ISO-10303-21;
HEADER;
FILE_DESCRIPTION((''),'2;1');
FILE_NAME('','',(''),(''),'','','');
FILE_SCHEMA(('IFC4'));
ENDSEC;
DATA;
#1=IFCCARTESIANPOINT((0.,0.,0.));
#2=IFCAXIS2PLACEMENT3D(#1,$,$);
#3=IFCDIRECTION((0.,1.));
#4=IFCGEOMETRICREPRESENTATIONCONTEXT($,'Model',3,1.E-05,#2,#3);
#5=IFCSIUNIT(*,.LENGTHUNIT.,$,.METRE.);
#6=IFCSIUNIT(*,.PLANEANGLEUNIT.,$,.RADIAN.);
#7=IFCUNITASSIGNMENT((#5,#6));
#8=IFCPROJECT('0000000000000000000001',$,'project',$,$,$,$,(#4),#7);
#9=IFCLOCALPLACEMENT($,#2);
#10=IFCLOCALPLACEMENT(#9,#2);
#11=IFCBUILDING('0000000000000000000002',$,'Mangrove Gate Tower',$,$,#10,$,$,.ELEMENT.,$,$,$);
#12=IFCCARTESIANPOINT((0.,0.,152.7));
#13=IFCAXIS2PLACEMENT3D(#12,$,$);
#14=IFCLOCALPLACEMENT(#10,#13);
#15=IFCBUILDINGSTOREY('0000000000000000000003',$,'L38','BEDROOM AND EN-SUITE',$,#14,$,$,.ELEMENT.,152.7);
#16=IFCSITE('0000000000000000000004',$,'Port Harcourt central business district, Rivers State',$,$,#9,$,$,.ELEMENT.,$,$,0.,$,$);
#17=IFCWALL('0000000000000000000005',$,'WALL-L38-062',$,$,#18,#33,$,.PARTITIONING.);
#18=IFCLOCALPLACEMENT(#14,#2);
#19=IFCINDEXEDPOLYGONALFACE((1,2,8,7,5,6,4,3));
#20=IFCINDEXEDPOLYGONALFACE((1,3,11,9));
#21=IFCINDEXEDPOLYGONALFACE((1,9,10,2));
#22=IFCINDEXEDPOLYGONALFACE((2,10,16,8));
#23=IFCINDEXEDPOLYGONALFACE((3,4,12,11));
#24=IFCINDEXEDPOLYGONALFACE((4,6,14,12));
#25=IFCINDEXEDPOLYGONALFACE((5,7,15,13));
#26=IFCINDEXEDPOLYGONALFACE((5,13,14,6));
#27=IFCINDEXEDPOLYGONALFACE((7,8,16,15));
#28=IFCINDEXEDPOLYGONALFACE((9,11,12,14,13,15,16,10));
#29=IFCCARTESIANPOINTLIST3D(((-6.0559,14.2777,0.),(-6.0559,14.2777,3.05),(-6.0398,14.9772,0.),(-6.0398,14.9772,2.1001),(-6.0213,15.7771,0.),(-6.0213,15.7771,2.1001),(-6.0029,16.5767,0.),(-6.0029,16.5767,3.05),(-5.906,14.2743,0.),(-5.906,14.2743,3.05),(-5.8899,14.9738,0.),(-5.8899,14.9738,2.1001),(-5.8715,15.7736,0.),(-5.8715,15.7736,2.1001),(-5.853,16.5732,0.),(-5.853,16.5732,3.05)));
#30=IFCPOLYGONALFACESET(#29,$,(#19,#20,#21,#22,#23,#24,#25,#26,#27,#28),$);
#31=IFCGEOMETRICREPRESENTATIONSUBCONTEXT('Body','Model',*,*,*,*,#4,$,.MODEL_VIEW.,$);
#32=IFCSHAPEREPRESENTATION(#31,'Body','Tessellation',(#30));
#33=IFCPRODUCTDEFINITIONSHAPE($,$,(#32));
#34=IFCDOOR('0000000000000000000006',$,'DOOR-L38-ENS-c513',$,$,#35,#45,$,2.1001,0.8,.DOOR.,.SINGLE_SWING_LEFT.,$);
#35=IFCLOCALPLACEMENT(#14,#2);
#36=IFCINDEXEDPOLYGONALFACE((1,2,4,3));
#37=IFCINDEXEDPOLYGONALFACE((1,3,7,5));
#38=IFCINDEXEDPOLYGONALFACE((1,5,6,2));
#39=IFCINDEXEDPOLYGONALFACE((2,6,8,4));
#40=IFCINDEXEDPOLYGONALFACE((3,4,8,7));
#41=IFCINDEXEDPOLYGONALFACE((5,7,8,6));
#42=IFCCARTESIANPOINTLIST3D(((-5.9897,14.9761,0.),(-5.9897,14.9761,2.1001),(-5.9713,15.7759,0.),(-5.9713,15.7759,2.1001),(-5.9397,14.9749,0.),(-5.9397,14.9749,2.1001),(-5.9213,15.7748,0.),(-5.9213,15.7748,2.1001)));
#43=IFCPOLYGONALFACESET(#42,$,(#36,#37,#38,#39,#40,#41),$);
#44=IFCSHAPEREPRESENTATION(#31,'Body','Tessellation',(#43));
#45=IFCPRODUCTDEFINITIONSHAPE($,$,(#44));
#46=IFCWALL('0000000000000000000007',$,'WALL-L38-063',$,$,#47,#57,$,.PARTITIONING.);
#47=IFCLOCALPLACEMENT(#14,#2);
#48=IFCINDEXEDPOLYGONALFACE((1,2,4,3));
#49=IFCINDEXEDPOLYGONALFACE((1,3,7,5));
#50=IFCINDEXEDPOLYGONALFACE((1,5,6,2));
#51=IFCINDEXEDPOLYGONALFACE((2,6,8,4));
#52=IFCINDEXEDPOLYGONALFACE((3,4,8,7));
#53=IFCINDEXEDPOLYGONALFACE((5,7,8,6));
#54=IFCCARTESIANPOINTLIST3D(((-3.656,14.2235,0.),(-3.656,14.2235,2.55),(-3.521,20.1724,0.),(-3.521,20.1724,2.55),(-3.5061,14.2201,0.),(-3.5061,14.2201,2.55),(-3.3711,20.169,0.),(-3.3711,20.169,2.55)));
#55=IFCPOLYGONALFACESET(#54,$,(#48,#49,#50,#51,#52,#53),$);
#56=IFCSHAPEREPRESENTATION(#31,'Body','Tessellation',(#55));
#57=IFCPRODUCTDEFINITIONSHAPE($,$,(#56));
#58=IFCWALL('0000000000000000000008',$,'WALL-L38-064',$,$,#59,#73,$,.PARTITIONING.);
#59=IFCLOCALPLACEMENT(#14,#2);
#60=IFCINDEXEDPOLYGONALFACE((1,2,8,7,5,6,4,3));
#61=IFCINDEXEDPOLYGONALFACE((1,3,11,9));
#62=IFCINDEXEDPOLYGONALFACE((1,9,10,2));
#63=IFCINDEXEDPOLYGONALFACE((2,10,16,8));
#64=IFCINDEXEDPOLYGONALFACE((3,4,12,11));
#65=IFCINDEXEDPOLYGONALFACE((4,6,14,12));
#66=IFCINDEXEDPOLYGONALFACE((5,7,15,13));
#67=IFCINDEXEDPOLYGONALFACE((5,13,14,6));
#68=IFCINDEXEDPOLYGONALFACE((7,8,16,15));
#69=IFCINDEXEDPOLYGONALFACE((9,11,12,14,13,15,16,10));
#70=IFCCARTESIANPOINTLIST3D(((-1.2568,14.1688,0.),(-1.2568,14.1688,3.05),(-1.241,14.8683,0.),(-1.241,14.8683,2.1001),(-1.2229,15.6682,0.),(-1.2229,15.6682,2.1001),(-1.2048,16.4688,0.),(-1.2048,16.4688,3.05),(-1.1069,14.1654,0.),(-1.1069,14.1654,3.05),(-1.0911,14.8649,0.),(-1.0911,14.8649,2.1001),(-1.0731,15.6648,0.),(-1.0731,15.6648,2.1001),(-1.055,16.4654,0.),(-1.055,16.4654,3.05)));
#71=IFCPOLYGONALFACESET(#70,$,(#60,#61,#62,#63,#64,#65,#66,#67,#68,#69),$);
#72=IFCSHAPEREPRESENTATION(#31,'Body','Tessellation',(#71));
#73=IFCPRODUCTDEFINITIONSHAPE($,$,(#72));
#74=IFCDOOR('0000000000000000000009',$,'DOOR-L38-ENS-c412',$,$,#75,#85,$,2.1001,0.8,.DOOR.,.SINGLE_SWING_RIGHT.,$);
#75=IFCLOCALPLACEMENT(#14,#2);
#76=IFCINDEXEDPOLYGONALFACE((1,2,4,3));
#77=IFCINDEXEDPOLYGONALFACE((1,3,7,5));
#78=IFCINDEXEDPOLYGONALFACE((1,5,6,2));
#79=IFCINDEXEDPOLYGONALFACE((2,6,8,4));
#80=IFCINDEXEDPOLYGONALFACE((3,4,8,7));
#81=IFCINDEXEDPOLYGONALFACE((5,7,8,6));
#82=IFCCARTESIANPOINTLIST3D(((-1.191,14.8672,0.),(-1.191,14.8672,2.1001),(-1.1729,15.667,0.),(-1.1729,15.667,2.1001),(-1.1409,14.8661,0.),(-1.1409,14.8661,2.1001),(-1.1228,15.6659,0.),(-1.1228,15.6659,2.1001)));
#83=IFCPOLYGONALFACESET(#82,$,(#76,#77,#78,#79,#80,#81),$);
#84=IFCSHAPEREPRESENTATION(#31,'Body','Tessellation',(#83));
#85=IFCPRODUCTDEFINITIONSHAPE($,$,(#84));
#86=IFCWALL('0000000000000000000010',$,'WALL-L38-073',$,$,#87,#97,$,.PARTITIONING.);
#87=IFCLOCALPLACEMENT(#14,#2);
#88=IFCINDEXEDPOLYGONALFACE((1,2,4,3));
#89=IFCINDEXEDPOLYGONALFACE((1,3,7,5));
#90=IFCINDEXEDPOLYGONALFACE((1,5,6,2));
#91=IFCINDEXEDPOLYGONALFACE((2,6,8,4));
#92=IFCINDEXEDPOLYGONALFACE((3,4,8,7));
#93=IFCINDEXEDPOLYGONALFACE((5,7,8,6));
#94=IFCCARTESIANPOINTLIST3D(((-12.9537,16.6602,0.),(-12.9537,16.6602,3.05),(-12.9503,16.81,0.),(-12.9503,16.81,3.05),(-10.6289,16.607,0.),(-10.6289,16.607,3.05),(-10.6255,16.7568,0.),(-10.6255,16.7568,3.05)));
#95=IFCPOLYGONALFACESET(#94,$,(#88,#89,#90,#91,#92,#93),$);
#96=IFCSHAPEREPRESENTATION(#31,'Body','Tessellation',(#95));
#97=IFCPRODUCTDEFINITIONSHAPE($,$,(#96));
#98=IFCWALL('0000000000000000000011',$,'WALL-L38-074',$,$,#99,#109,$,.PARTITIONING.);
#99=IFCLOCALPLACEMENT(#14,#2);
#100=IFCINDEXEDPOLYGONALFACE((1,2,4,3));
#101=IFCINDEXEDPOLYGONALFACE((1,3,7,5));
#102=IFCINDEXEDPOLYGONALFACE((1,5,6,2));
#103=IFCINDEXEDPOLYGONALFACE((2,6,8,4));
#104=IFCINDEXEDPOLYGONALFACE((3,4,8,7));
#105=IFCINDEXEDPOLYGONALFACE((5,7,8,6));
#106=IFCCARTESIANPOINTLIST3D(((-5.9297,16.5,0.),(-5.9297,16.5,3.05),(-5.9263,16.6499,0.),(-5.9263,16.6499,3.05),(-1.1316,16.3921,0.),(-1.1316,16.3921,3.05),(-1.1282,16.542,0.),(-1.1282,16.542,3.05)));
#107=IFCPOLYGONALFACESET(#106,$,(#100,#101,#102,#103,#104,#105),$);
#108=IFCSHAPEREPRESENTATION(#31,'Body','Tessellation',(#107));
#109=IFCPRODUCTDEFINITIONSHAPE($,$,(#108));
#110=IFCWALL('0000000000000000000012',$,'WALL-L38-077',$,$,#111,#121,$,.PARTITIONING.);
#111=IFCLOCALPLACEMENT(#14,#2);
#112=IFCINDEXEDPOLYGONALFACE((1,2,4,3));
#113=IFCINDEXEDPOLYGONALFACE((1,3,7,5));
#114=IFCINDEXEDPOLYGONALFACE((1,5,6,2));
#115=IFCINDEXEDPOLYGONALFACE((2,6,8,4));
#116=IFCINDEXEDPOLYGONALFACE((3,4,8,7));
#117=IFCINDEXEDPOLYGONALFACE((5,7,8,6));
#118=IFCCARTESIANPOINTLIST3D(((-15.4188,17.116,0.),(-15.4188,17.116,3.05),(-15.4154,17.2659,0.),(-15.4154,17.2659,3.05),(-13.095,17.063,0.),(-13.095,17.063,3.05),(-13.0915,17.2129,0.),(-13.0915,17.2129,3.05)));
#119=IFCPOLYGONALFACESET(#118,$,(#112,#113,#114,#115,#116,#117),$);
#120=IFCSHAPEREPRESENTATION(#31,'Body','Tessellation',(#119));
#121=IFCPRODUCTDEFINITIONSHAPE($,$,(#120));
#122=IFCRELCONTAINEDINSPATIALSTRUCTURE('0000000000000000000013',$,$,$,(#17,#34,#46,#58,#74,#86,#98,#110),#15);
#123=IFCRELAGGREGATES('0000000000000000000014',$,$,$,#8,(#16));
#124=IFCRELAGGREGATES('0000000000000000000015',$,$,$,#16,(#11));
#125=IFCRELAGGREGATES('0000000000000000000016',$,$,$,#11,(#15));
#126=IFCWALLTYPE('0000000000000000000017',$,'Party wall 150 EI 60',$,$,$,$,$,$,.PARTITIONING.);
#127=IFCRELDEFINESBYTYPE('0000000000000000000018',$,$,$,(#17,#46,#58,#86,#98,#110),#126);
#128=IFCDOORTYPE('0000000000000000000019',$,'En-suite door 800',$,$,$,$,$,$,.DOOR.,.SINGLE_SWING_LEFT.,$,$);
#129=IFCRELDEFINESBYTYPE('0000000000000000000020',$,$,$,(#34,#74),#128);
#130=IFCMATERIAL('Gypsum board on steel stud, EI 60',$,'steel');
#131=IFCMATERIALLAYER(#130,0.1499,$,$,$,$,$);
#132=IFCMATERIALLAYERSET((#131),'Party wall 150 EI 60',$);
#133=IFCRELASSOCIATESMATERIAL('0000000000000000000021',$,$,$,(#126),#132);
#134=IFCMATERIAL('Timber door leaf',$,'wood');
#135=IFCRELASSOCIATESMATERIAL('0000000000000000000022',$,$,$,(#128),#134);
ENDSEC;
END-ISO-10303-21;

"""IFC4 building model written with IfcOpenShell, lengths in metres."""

from ifc_helpers import new_model, si_unit, direction, frame, frame_2d, origin, place, context, subcontext, project, spatial, rectangle, extrude, material, layer, layer_set, type_object, element, fill, save


model = new_model("IFC4")

# Units and contexts
model_context = context("Model", 3, precision=1e-05, world=origin(), true_north=direction((0.0, 1.0)))
body_context = subcontext(model_context, "Body", "Model", "MODEL_VIEW")
ifc_project = project(units=[si_unit("LENGTHUNIT", "METRE"), si_unit("PLANEANGLEUNIT", "RADIAN")], contexts=[model_context])

# Site, building, storey
site_placement = place(None, origin())
site = spatial("IfcSite", under=ifc_project, at=site_placement, Name="Port Harcourt central business district, Rivers State", CompositionType="ELEMENT", RefElevation=0.0)
building_placement = place(site_placement, origin())
building = spatial("IfcBuilding", under=site, at=building_placement, Name="Mangrove Gate Tower", CompositionType="ELEMENT")
storey_placement = place(building_placement, frame((0.0, 0.0, 152.7)))
storey = spatial("IfcBuildingStorey", under=building, at=storey_placement, Name="L38", Description="BEDROOM AND EN-SUITE", CompositionType="ELEMENT", Elevation=152.7)

# Shared definitions
ifc_material_1 = material(Name="Gypsum board on steel stud, EI 60", Category="steel")
ifc_layer_1 = layer(ifc_material_1, 0.1499)
ifc_layer_set_1 = layer_set([ifc_layer_1], Name="Party wall 150 EI 60")
wall_type_1 = type_object("IfcWallType", Name="Party wall 150 EI 60", PredefinedType="PARTITIONING", material=ifc_layer_set_1)

# Shared definitions
ifc_material_2 = material(Name="Timber door leaf", Category="wood")
door_type = type_object("IfcDoorType", Name="En-suite door 800", OperationType="SINGLE_SWING_LEFT", PredefinedType="DOOR", material=ifc_material_2)

# Wall, opening, door
wall_1_placement = place(storey_placement, frame((-5.981, 14.2759, 0.0), z_axis=(0.0, 0.0, 1.0), x_axis=(0.023037, 0.999735, 0.0)))
wall_1 = element("IfcWall", 1, at=wall_1_placement, inside=storey, type_object=wall_type_1, Name="WALL-L38-062", PredefinedType="PARTITIONING", context=body_context, shape_type="SweptSolid", body=[
    extrude(rectangle(XDim=2.2996, YDim=0.1499, at=frame_2d((1.1499, 0.0))), origin(), (0.0, 0.0, 1.0), 3.05),
])
opening_1_placement = place(wall_1_placement, frame((0.7, 0.0, 0.0)))
opening_1 = element("IfcOpeningElement", 2, at=opening_1_placement, cuts=wall_1, PredefinedType="OPENING", context=body_context, shape_type="SweptSolid", body=[
    extrude(rectangle(XDim=0.8, YDim=2.1001, at=frame_2d((0.3999, 1.05))), frame((0.0, 0.085, 0.0), z_axis=(0.0, -1.0, 0.0), x_axis=(1.0, 0.0, 0.0)), (0.0, 0.0, 1.0), 0.1699),
])
door_1_placement = place(opening_1_placement, origin())
door_1 = element("IfcDoor", 3, at=door_1_placement, inside=storey, type_object=door_type, Name="DOOR-L38-ENS-c513", OperationType="SINGLE_SWING_LEFT", OverallHeight=2.1001, OverallWidth=0.8, PredefinedType="DOOR", context=body_context, shape_type="SweptSolid", body=[
    extrude(rectangle(XDim=0.8, YDim=2.1001, at=frame_2d((0.3999, 1.05))), frame((0.0, 0.0249, 0.0), z_axis=(0.0, -1.0, 0.0), x_axis=(1.0, 0.0, 0.0)), (0.0, 0.0, 1.0), 0.05),
])
fill(opening_1, door_1)

# Wall
wall_2_placement = place(storey_placement, frame((-3.5811, 14.2219, 0.0), z_axis=(0.0, 0.0, 1.0), x_axis=(0.022689, 0.999743, 0.0)))
element("IfcWall", 4, at=wall_2_placement, inside=storey, type_object=wall_type_1, Name="WALL-L38-063", PredefinedType="PARTITIONING", context=body_context, shape_type="SweptSolid", body=[
    extrude(rectangle(XDim=5.9504, YDim=0.1499, at=frame_2d((2.9751, 0.0))), origin(), (0.0, 0.0, 1.0), 2.55),
])

# Wall, opening, door
wall_3_placement = place(storey_placement, frame((-1.1819, 14.167, 0.0), z_axis=(0.0, 0.0, 1.0), x_axis=(0.022603, 0.999745, 0.0)))
wall_3 = element("IfcWall", 5, at=wall_3_placement, inside=storey, type_object=wall_type_1, Name="WALL-L38-064", PredefinedType="PARTITIONING", context=body_context, shape_type="SweptSolid", body=[
    extrude(rectangle(XDim=2.3005, YDim=0.1499, at=frame_2d((1.1504, 0.0))), origin(), (0.0, 0.0, 1.0), 3.05),
])
opening_2_placement = place(wall_3_placement, frame((0.7, 0.0, 0.0)))
opening_2 = element("IfcOpeningElement", 6, at=opening_2_placement, cuts=wall_3, PredefinedType="OPENING", context=body_context, shape_type="SweptSolid", body=[
    extrude(rectangle(XDim=0.8, YDim=2.1001, at=frame_2d((0.3999, 1.05))), frame((0.0, 0.085, 0.0), z_axis=(0.0, -1.0, 0.0), x_axis=(1.0, 0.0, 0.0)), (0.0, 0.0, 1.0), 0.1699),
])
door_2_placement = place(opening_2_placement, origin())
door_2 = element("IfcDoor", 7, at=door_2_placement, inside=storey, type_object=door_type, Name="DOOR-L38-ENS-c412", OperationType="SINGLE_SWING_RIGHT", OverallHeight=2.1001, OverallWidth=0.8, PredefinedType="DOOR", context=body_context, shape_type="SweptSolid", body=[
    extrude(rectangle(XDim=0.8, YDim=2.1001, at=frame_2d((0.3999, 1.05))), frame((0.0, 0.0249, 0.0), z_axis=(0.0, -1.0, 0.0), x_axis=(1.0, 0.0, 0.0)), (0.0, 0.0, 1.0), 0.05),
])
fill(opening_2, door_2)

# Walls
wall_4_placement = place(storey_placement, frame((-12.9519, 16.7351, 0.0), z_axis=(0.0, 0.0, 1.0), x_axis=(0.999738, -0.022886, 0.0)))
element("IfcWall", 8, at=wall_4_placement, inside=storey, type_object=wall_type_1, Name="WALL-L38-073", PredefinedType="PARTITIONING", context=body_context, shape_type="SweptSolid", body=[
    extrude(rectangle(XDim=2.3254, YDim=0.1499, at=frame_2d((1.1626, 0.0))), origin(), (0.0, 0.0, 1.0), 3.05),
])
wall_5_placement = place(storey_placement, frame((-5.928, 16.575, 0.0), z_axis=(0.0, 0.0, 1.0), x_axis=(0.999747, -0.022485, 0.0)))
element("IfcWall", 9, at=wall_5_placement, inside=storey, type_object=wall_type_1, Name="WALL-L38-074", PredefinedType="PARTITIONING", context=body_context, shape_type="SweptSolid", body=[
    extrude(rectangle(XDim=4.7993, YDim=0.1499, at=frame_2d((2.3997, 0.0))), origin(), (0.0, 0.0, 1.0), 3.05),
])
wall_6_placement = place(storey_placement, frame((-15.417, 17.1909, 0.0), z_axis=(0.0, 0.0, 1.0), x_axis=(0.99974, -0.022791, 0.0)))
element("IfcWall", 10, at=wall_6_placement, inside=storey, type_object=wall_type_1, Name="WALL-L38-077", PredefinedType="PARTITIONING", context=body_context, shape_type="SweptSolid", body=[
    extrude(rectangle(XDim=2.3245, YDim=0.1499, at=frame_2d((1.1621, 0.0))), origin(), (0.0, 0.0, 1.0), 3.05),
])

save(model, "model.ifc")
